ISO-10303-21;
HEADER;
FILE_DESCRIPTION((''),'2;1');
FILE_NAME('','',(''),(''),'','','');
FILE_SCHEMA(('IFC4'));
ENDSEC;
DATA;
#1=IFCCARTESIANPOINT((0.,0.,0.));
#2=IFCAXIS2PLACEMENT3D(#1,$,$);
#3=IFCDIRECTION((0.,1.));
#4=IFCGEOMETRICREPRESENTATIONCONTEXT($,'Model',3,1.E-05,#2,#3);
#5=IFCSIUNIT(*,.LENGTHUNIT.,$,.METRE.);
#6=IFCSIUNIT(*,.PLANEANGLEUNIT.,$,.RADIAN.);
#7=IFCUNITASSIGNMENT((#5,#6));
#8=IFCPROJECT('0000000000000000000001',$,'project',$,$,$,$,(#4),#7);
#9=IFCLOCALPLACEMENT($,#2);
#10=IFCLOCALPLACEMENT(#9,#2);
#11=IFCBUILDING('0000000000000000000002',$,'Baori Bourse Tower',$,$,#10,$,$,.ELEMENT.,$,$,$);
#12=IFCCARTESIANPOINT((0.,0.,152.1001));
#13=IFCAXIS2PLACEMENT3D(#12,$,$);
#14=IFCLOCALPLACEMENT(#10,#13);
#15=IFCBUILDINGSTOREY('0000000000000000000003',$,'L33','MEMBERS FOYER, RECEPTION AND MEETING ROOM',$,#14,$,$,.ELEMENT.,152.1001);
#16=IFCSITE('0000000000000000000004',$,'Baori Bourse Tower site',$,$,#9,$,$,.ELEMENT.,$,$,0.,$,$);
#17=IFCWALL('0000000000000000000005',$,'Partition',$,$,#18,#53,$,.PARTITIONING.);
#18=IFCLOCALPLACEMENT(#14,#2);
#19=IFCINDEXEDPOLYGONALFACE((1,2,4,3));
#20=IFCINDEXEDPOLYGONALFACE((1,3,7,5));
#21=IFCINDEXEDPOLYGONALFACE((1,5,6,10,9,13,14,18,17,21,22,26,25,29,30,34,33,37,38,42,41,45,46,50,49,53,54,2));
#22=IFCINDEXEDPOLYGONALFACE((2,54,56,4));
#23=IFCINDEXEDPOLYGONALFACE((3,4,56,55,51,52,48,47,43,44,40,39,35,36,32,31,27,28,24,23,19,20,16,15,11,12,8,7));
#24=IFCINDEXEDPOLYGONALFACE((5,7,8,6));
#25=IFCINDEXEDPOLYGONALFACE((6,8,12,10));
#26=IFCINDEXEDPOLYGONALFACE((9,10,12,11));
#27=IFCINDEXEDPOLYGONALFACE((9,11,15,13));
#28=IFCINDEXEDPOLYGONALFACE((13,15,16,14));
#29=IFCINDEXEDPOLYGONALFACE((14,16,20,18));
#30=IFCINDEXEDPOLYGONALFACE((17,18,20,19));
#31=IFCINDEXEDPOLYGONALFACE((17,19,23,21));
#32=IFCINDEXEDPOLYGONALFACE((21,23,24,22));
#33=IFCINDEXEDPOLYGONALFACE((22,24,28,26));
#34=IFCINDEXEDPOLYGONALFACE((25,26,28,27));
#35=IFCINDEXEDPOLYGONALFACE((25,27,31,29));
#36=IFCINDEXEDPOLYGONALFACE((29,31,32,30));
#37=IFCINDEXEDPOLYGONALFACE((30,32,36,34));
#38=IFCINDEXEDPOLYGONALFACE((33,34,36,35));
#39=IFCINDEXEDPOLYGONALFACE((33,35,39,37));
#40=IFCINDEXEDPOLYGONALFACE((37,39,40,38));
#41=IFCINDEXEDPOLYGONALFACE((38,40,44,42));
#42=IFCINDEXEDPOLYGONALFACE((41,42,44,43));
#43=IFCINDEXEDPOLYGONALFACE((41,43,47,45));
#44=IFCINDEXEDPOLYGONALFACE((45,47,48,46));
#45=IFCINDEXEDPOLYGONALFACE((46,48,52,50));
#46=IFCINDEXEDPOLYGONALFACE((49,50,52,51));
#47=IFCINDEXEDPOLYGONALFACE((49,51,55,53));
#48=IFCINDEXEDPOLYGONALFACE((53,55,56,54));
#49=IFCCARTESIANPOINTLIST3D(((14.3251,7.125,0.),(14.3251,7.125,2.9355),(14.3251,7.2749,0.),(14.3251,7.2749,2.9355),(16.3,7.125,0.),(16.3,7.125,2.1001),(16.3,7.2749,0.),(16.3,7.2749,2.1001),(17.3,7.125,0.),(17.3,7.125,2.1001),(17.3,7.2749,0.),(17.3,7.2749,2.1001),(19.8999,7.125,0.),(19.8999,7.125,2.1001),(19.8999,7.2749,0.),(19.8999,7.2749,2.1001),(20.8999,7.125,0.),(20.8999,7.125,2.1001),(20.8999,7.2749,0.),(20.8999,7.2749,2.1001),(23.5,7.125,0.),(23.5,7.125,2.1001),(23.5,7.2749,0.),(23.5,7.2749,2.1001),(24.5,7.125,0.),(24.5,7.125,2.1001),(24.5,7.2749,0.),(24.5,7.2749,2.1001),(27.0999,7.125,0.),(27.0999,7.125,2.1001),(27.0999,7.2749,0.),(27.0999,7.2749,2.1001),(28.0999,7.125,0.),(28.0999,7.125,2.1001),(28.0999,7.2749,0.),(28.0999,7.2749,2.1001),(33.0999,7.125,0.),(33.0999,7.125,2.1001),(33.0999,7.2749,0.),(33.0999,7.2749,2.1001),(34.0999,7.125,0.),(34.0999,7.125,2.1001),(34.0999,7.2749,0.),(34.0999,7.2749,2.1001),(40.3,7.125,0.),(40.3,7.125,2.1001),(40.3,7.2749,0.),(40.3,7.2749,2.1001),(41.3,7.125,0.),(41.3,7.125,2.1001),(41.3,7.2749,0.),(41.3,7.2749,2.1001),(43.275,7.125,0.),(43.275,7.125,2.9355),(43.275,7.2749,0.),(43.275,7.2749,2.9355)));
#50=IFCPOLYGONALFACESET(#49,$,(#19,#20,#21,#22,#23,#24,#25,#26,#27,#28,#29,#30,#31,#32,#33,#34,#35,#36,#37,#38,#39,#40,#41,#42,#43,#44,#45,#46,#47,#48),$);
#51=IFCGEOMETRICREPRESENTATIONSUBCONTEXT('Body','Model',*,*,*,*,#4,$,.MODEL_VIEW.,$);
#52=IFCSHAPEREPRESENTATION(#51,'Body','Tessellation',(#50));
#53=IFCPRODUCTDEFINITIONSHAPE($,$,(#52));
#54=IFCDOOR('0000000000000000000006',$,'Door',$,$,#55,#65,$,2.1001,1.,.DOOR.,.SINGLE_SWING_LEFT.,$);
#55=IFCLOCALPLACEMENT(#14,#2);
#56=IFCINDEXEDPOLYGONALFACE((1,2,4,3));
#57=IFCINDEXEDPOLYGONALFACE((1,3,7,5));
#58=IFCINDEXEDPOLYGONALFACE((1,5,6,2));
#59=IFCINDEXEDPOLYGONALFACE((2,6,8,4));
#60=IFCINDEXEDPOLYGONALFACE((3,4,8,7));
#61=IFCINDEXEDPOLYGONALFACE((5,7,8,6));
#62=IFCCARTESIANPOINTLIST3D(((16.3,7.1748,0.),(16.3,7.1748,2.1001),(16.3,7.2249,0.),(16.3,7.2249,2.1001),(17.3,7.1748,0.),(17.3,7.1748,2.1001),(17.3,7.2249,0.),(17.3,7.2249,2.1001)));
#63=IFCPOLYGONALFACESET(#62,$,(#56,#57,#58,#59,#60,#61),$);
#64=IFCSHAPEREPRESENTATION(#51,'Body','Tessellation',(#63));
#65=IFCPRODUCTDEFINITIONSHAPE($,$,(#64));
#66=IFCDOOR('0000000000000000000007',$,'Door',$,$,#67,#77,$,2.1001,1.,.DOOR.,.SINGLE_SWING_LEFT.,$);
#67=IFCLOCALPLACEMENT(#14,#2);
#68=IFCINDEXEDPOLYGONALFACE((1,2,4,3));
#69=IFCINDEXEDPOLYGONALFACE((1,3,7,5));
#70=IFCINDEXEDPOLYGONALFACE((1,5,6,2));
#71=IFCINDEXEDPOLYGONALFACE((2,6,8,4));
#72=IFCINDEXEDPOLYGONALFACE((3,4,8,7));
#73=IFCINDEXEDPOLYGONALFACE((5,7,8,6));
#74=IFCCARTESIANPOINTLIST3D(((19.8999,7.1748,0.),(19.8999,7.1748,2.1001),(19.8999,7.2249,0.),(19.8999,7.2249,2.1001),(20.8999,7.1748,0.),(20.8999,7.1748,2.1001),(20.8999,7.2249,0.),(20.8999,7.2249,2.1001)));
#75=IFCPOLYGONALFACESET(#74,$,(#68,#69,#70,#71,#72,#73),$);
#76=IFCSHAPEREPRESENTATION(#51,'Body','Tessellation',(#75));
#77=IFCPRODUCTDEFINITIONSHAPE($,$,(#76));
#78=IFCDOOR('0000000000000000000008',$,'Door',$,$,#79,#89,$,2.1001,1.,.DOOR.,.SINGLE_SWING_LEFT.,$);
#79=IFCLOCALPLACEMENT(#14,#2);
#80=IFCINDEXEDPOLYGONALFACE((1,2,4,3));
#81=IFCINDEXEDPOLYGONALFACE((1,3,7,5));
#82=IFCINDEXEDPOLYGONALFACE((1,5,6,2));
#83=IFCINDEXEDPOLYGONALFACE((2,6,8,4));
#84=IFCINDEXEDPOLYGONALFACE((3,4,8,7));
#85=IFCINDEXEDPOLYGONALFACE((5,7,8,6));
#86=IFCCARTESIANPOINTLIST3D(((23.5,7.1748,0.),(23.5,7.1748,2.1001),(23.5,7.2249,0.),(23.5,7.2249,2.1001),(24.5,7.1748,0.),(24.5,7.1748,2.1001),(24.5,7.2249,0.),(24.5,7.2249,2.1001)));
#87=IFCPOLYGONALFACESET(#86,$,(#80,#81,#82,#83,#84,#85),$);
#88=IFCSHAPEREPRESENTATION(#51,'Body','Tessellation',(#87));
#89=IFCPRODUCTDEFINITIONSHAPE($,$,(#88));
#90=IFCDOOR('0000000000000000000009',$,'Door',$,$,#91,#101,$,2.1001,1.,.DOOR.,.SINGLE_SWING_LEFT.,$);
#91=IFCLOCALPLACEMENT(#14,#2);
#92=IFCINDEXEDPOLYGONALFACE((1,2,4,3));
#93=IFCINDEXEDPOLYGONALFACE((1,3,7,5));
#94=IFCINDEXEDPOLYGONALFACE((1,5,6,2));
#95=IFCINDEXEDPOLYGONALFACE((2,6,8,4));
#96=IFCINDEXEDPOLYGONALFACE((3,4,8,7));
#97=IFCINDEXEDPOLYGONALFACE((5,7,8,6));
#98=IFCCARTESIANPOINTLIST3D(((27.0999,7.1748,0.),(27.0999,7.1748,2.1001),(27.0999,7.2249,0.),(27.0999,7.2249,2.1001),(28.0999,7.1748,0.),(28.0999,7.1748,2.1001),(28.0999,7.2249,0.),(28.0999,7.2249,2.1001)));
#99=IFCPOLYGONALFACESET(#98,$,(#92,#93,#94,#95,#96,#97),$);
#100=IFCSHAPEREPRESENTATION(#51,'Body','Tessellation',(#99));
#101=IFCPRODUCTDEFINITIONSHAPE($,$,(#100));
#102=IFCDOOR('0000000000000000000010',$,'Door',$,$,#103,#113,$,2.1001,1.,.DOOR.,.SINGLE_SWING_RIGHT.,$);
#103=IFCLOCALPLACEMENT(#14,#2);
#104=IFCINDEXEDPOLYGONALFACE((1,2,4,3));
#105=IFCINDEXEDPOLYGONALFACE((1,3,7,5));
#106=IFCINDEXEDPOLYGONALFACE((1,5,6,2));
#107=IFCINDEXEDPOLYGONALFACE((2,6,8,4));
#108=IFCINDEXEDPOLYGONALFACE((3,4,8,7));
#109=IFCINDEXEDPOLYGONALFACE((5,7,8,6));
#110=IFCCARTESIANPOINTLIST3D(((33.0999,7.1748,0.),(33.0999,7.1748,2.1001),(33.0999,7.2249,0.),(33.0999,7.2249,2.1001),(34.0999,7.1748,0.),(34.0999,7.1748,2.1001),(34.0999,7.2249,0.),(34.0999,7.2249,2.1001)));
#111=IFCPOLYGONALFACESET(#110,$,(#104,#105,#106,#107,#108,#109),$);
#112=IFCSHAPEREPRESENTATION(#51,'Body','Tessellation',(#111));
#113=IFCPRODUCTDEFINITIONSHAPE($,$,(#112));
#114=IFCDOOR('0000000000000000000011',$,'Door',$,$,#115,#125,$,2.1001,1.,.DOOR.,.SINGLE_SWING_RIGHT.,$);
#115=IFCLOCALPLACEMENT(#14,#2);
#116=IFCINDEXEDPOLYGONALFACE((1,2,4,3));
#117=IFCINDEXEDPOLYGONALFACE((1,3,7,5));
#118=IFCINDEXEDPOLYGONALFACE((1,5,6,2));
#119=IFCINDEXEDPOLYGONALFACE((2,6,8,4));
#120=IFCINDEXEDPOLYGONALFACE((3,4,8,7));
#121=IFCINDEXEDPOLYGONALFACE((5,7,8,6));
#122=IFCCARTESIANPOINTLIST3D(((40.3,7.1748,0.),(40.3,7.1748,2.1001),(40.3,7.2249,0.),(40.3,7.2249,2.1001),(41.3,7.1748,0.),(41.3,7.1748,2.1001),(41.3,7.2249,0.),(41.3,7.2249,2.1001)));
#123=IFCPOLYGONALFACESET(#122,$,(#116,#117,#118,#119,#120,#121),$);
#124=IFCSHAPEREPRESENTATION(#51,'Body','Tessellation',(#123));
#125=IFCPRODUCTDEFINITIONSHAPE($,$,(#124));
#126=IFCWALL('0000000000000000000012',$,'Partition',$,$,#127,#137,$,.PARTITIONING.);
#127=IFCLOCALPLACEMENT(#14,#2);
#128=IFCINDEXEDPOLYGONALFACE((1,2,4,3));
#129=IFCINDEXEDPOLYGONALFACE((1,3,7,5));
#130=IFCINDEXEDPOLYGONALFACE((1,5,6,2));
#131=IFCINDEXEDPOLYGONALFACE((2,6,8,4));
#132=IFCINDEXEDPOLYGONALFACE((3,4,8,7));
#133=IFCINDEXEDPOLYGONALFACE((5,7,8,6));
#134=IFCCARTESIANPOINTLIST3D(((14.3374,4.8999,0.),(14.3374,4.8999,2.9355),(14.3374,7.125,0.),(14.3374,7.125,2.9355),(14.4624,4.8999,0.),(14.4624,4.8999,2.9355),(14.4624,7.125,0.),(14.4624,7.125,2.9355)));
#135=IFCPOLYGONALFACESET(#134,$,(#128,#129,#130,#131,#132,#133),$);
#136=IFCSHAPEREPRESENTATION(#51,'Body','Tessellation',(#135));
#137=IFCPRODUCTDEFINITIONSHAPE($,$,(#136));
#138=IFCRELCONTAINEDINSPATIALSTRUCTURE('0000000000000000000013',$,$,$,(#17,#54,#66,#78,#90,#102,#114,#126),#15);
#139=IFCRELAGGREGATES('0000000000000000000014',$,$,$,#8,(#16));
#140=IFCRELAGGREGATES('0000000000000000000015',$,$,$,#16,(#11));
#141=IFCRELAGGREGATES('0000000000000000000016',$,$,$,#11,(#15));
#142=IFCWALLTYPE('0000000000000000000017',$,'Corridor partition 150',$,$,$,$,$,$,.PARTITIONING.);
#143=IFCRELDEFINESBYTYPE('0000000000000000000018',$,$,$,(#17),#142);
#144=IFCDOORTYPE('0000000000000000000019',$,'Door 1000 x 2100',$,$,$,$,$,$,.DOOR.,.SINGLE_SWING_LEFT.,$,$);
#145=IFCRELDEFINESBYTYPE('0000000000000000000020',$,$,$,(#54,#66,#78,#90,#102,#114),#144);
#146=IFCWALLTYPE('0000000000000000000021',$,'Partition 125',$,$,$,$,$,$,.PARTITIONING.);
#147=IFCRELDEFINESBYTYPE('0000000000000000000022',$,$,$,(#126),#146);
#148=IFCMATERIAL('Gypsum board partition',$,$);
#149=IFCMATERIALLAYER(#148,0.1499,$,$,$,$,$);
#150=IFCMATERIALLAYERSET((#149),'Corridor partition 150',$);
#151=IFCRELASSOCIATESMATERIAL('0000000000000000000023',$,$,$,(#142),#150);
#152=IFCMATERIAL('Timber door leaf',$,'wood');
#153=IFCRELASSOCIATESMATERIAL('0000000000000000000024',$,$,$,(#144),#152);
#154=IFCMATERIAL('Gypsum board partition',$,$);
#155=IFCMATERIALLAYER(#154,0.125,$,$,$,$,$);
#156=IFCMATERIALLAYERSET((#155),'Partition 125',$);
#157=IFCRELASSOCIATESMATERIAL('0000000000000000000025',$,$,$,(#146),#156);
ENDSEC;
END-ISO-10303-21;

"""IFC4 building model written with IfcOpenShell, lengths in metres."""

from ifc_helpers import new_model, si_unit, direction, frame, frame_2d, origin, place, context, subcontext, project, spatial, rectangle, extrude, material, layer, layer_set, type_object, element, fill, save


model = new_model("IFC4")

# Units and contexts
model_context = context("Model", 3, precision=1e-05, world=origin(), true_north=direction((0.0, 1.0)))
body_context = subcontext(model_context, "Body", "Model", "MODEL_VIEW")
ifc_project = project(units=[si_unit("LENGTHUNIT", "METRE"), si_unit("PLANEANGLEUNIT", "RADIAN")], contexts=[model_context])

# Site, building, storey
site_placement = place(None, origin())
site = spatial("IfcSite", under=ifc_project, at=site_placement, Name="Baori Bourse Tower site", CompositionType="ELEMENT", RefElevation=0.0)
building_placement = place(site_placement, origin())
building = spatial("IfcBuilding", under=site, at=building_placement, Name="Baori Bourse Tower", CompositionType="ELEMENT")
storey_placement = place(building_placement, frame((0.0, 0.0, 152.1001)))
storey = spatial("IfcBuildingStorey", under=building, at=storey_placement, Name="L33", Description="MEMBERS FOYER, RECEPTION AND MEETING ROOM", CompositionType="ELEMENT", Elevation=152.1001)

# Wall, openings, doors
ifc_material_1 = material(Name="Gypsum board partition")
ifc_layer_1 = layer(ifc_material_1, 0.1499)
ifc_layer_set_1 = layer_set([ifc_layer_1], Name="Corridor partition 150")
wall_type_1 = type_object("IfcWallType", Name="Corridor partition 150", PredefinedType="PARTITIONING", material=ifc_layer_set_1)
wall_1_placement = place(storey_placement, frame((14.325, 7.2, 0.0), z_axis=(0.0, 0.0, 1.0), x_axis=(1.0, 0.0, 0.0)))
wall_1 = element("IfcWall", 1, at=wall_1_placement, inside=storey, type_object=wall_type_1, Name="Partition", PredefinedType="PARTITIONING", context=body_context, shape_type="SweptSolid", body=[
    extrude(rectangle(XDim=28.95, YDim=0.1499, at=frame_2d((14.4751, 0.0))), origin(), (0.0, 0.0, 1.0), 2.9355),
])
opening_1_placement = place(wall_1_placement, frame((1.9751, 0.0, 0.0)))
opening_1 = element("IfcOpeningElement", 2, at=opening_1_placement, cuts=wall_1, PredefinedType="OPENING", context=body_context, shape_type="SweptSolid", body=[
    extrude(rectangle(XDim=1.0, YDim=2.1001, at=frame_2d((0.5, 1.05))), frame((0.0, 0.085, 0.0), z_axis=(0.0, -1.0, 0.0), x_axis=(1.0, 0.0, 0.0)), (0.0, 0.0, 1.0), 0.1699),
])
opening_2_placement = place(wall_1_placement, frame((5.575, 0.0, 0.0)))
opening_2 = element("IfcOpeningElement", 3, at=opening_2_placement, cuts=wall_1, PredefinedType="OPENING", context=body_context, shape_type="SweptSolid", body=[
    extrude(rectangle(XDim=1.0, YDim=2.1001, at=frame_2d((0.5, 1.05))), frame((0.0, 0.085, 0.0), z_axis=(0.0, -1.0, 0.0), x_axis=(1.0, 0.0, 0.0)), (0.0, 0.0, 1.0), 0.1699),
])
opening_3_placement = place(wall_1_placement, frame((9.175, 0.0, 0.0)))
opening_3 = element("IfcOpeningElement", 4, at=opening_3_placement, cuts=wall_1, PredefinedType="OPENING", context=body_context, shape_type="SweptSolid", body=[
    extrude(rectangle(XDim=1.0, YDim=2.1001, at=frame_2d((0.5, 1.05))), frame((0.0, 0.085, 0.0), z_axis=(0.0, -1.0, 0.0), x_axis=(1.0, 0.0, 0.0)), (0.0, 0.0, 1.0), 0.1699),
])
opening_4_placement = place(wall_1_placement, frame((12.7749, 0.0, 0.0)))
opening_4 = element("IfcOpeningElement", 5, at=opening_4_placement, cuts=wall_1, PredefinedType="OPENING", context=body_context, shape_type="SweptSolid", body=[
    extrude(rectangle(XDim=1.0, YDim=2.1001, at=frame_2d((0.5, 1.05))), frame((0.0, 0.085, 0.0), z_axis=(0.0, -1.0, 0.0), x_axis=(1.0, 0.0, 0.0)), (0.0, 0.0, 1.0), 0.1699),
])
opening_5_placement = place(wall_1_placement, frame((18.7749, 0.0, 0.0)))
opening_5 = element("IfcOpeningElement", 6, at=opening_5_placement, cuts=wall_1, PredefinedType="OPENING", context=body_context, shape_type="SweptSolid", body=[
    extrude(rectangle(XDim=1.0, YDim=2.1001, at=frame_2d((0.5, 1.05))), frame((0.0, 0.085, 0.0), z_axis=(0.0, -1.0, 0.0), x_axis=(1.0, 0.0, 0.0)), (0.0, 0.0, 1.0), 0.1699),
])
opening_6_placement = place(wall_1_placement, frame((25.9751, 0.0, 0.0)))
opening_6 = element("IfcOpeningElement", 7, at=opening_6_placement, cuts=wall_1, PredefinedType="OPENING", context=body_context, shape_type="SweptSolid", body=[
    extrude(rectangle(XDim=1.0, YDim=2.1001, at=frame_2d((0.5, 1.05))), frame((0.0, 0.085, 0.0), z_axis=(0.0, -1.0, 0.0), x_axis=(1.0, 0.0, 0.0)), (0.0, 0.0, 1.0), 0.1699),
])
ifc_material_2 = material(Name="Timber door leaf", Category="wood")
door_type_1 = type_object("IfcDoorType", Name="Door 1000 x 2100", OperationType="SINGLE_SWING_LEFT", PredefinedType="DOOR", material=ifc_material_2)
door_1_placement = place(opening_1_placement, origin())
door_1 = element("IfcDoor", 8, at=door_1_placement, inside=storey, type_object=door_type_1, Name="Door", OperationType="SINGLE_SWING_LEFT", OverallHeight=2.1001, OverallWidth=1.0, PredefinedType="DOOR", context=body_context, shape_type="SweptSolid", body=[
    extrude(rectangle(XDim=1.0, YDim=2.1001, at=frame_2d((0.5, 1.05))), frame((0.0, 0.0249, 0.0), z_axis=(0.0, -1.0, 0.0), x_axis=(1.0, 0.0, 0.0)), (0.0, 0.0, 1.0), 0.05),
])
fill(opening_1, door_1)
door_2_placement = place(opening_2_placement, origin())
door_2 = element("IfcDoor", 9, at=door_2_placement, inside=storey, type_object=door_type_1, Name="Door", OperationType="SINGLE_SWING_LEFT", OverallHeight=2.1001, OverallWidth=1.0, PredefinedType="DOOR", context=body_context, shape_type="SweptSolid", body=[
    extrude(rectangle(XDim=1.0, YDim=2.1001, at=frame_2d((0.5, 1.05))), frame((0.0, 0.0249, 0.0), z_axis=(0.0, -1.0, 0.0), x_axis=(1.0, 0.0, 0.0)), (0.0, 0.0, 1.0), 0.05),
])
fill(opening_2, door_2)
door_3_placement = place(opening_3_placement, origin())
door_3 = element("IfcDoor", 10, at=door_3_placement, inside=storey, type_object=door_type_1, Name="Door", OperationType="SINGLE_SWING_LEFT", OverallHeight=2.1001, OverallWidth=1.0, PredefinedType="DOOR", context=body_context, shape_type="SweptSolid", body=[
    extrude(rectangle(XDim=1.0, YDim=2.1001, at=frame_2d((0.5, 1.05))), frame((0.0, 0.0249, 0.0), z_axis=(0.0, -1.0, 0.0), x_axis=(1.0, 0.0, 0.0)), (0.0, 0.0, 1.0), 0.05),
])
fill(opening_3, door_3)
door_4_placement = place(opening_4_placement, origin())
door_4 = element("IfcDoor", 11, at=door_4_placement, inside=storey, type_object=door_type_1, Name="Door", OperationType="SINGLE_SWING_LEFT", OverallHeight=2.1001, OverallWidth=1.0, PredefinedType="DOOR", context=body_context, shape_type="SweptSolid", body=[
    extrude(rectangle(XDim=1.0, YDim=2.1001, at=frame_2d((0.5, 1.05))), frame((0.0, 0.0249, 0.0), z_axis=(0.0, -1.0, 0.0), x_axis=(1.0, 0.0, 0.0)), (0.0, 0.0, 1.0), 0.05),
])
fill(opening_4, door_4)
door_5_placement = place(opening_5_placement, origin())
door_5 = element("IfcDoor", 12, at=door_5_placement, inside=storey, type_object=door_type_1, Name="Door", OperationType="SINGLE_SWING_RIGHT", OverallHeight=2.1001, OverallWidth=1.0, PredefinedType="DOOR", context=body_context, shape_type="SweptSolid", body=[
    extrude(rectangle(XDim=1.0, YDim=2.1001, at=frame_2d((0.5, 1.05))), frame((0.0, 0.0249, 0.0), z_axis=(0.0, -1.0, 0.0), x_axis=(1.0, 0.0, 0.0)), (0.0, 0.0, 1.0), 0.05),
])
fill(opening_5, door_5)
door_6_placement = place(opening_6_placement, origin())
door_6 = element("IfcDoor", 13, at=door_6_placement, inside=storey, type_object=door_type_1, Name="Door", OperationType="SINGLE_SWING_RIGHT", OverallHeight=2.1001, OverallWidth=1.0, PredefinedType="DOOR", context=body_context, shape_type="SweptSolid", body=[
    extrude(rectangle(XDim=1.0, YDim=2.1001, at=frame_2d((0.5, 1.05))), frame((0.0, 0.0249, 0.0), z_axis=(0.0, -1.0, 0.0), x_axis=(1.0, 0.0, 0.0)), (0.0, 0.0, 1.0), 0.05),
])
fill(opening_6, door_6)

# Wall
ifc_material_3 = material(Name="Gypsum board partition")
ifc_layer_2 = layer(ifc_material_3, 0.125)
ifc_layer_set_2 = layer_set([ifc_layer_2], Name="Partition 125")
wall_type_2 = type_object("IfcWallType", Name="Partition 125", PredefinedType="PARTITIONING", material=ifc_layer_set_2)
wall_2_placement = place(storey_placement, frame((14.3999, 4.8999, 0.0), z_axis=(0.0, 0.0, 1.0), x_axis=(0.0, 1.0, 0.0)))
element("IfcWall", 14, at=wall_2_placement, inside=storey, type_object=wall_type_2, Name="Partition", PredefinedType="PARTITIONING", context=body_context, shape_type="SweptSolid", body=[
    extrude(rectangle(XDim=2.2251, YDim=0.125, at=frame_2d((1.1125, 0.0))), origin(), (0.0, 0.0, 1.0), 2.9355),
])

save(model, "model.ifc")
